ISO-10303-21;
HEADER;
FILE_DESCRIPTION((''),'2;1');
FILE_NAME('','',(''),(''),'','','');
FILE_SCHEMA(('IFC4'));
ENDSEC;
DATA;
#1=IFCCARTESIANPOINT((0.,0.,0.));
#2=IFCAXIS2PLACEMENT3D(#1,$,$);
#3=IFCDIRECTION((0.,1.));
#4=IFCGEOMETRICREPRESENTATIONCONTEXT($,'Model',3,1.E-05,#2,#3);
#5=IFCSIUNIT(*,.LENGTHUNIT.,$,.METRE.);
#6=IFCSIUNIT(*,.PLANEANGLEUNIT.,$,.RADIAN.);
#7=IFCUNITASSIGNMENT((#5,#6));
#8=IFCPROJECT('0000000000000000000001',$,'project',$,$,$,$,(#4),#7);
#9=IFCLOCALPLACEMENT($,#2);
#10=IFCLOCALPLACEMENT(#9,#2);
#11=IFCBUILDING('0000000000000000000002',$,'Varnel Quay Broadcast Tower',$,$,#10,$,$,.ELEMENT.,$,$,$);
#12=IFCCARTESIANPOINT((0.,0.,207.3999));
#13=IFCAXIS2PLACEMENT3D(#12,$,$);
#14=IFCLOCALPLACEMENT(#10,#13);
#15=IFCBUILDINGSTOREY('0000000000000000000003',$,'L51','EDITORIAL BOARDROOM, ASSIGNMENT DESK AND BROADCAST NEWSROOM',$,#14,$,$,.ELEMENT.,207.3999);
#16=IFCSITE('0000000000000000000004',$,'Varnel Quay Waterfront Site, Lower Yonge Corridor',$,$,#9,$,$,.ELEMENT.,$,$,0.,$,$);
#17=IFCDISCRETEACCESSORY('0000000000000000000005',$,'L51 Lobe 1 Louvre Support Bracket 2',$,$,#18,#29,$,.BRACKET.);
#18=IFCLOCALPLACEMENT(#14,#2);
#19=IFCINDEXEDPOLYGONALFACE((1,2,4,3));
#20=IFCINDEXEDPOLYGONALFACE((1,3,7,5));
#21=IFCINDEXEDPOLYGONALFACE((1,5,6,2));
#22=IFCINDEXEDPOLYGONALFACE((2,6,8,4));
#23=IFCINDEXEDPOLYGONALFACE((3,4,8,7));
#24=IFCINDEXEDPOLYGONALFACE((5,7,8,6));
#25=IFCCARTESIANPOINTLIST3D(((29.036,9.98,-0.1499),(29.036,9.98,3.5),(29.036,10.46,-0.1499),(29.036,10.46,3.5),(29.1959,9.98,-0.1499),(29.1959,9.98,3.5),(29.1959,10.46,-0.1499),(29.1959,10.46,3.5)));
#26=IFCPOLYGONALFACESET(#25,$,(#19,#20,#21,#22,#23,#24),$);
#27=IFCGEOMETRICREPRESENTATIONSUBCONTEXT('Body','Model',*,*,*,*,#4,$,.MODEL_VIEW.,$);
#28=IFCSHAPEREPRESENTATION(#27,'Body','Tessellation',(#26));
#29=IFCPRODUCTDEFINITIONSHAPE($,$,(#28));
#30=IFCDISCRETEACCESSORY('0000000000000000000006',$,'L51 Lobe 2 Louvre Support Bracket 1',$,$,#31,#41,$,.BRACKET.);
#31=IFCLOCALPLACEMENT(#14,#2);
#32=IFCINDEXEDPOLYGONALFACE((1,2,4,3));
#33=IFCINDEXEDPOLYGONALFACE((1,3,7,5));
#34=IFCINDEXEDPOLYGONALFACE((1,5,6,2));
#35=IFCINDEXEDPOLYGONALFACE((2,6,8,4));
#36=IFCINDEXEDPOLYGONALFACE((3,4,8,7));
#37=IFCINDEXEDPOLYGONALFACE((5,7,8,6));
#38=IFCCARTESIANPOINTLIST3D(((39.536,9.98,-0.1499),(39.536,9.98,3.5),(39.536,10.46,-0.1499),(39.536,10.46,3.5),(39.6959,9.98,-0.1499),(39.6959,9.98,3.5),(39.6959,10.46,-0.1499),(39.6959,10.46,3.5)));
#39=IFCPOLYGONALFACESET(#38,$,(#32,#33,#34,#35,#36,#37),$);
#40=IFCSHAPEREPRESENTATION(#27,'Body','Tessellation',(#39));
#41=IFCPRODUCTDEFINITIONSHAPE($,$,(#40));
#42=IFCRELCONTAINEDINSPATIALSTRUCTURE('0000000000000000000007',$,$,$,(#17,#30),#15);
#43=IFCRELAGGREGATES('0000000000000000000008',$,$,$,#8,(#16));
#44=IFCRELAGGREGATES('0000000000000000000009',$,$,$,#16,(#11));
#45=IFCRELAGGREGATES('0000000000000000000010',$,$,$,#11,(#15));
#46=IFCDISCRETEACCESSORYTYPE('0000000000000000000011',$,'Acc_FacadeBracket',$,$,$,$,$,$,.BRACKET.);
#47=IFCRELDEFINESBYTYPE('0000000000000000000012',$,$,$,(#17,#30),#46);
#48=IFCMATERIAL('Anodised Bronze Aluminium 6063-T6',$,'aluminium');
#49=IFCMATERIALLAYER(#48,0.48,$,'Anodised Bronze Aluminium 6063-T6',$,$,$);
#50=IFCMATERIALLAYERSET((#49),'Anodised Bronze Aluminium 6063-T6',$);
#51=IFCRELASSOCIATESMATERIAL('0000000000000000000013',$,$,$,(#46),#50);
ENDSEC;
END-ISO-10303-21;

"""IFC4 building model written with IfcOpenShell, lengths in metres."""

from ifc_helpers import new_model, si_unit, direction, frame, origin, origin_2d, place, context, subcontext, project, spatial, rectangle, extrude, source, transform, mapped, material, layer, layer_set, type_object, type_shapes, element, save


model = new_model("IFC4")

# Units and contexts
model_context = context("Model", 3, precision=1e-05, world=origin(), true_north=direction((0.0, 1.0)))
body_context = subcontext(model_context, "Body", "Model", "MODEL_VIEW")
ifc_project = project(units=[si_unit("LENGTHUNIT", "METRE"), si_unit("PLANEANGLEUNIT", "RADIAN")], contexts=[model_context])

# Site, building, storey
site_placement = place(None, origin())
site = spatial("IfcSite", under=ifc_project, at=site_placement, Name="Varnel Quay Waterfront Site, Lower Yonge Corridor", CompositionType="ELEMENT", RefElevation=0.0)
building_placement = place(site_placement, origin())
building = spatial("IfcBuilding", under=site, at=building_placement, Name="Varnel Quay Broadcast Tower", CompositionType="ELEMENT")
storey_placement = place(building_placement, frame((0.0, 0.0, 207.3999)))
storey = spatial("IfcBuildingStorey", under=building, at=storey_placement, Name="L51", Description="EDITORIAL BOARDROOM, ASSIGNMENT DESK AND BROADCAST NEWSROOM", CompositionType="ELEMENT", Elevation=207.3999)

# Shared definitions
ifc_material_1 = material(Name="Anodised Bronze Aluminium 6063-T6", Category="aluminium")

# Discrete accessories
ifc_layer_1 = layer(ifc_material_1, 0.48, Name="Anodised Bronze Aluminium 6063-T6")
ifc_layer_set_1 = layer_set([ifc_layer_1], Name="Anodised Bronze Aluminium 6063-T6")
discrete_accessory_type = type_object("IfcDiscreteAccessoryType", Name="Acc_FacadeBracket", PredefinedType="BRACKET", material=ifc_layer_set_1)
shared_shape_1 = source(origin(), body_context, "Body", "SweptSolid", [
    extrude(rectangle(XDim=0.1599, YDim=0.48, at=origin_2d()), origin(), (0.0, 0.0, 1.0), 3.6499),
])
type_shapes(discrete_accessory_type, [shared_shape_1])
for number, where, z_axis, x_axis, name in (
    (1, (29.116, 10.22, -0.1499), (0.0, 0.0, 1.0), (1.0, 0.0, 0.0), "L51 Lobe 1 Louvre Support Bracket 2"),
    (2, (39.616, 10.22, -0.1499), (0.0, 0.0, 1.0), (1.0, 0.0, 0.0), "L51 Lobe 2 Louvre Support Bracket 1"),
):
    element("IfcDiscreteAccessory", number, at=place(storey_placement, frame(where, z_axis=z_axis, x_axis=x_axis)), inside=storey, type_object=discrete_accessory_type, Name=name, PredefinedType="BRACKET", context=body_context, shape_type="MappedRepresentation", body=[
        mapped(shared_shape_1, transform((0.0, 0.0, 0.0), x_axis=(1.0, 0.0, 0.0), y_axis=(0.0, 1.0, 0.0), z_axis=(0.0, 0.0, 1.0), scale=1.0)),
    ])

save(model, "model.ifc")
